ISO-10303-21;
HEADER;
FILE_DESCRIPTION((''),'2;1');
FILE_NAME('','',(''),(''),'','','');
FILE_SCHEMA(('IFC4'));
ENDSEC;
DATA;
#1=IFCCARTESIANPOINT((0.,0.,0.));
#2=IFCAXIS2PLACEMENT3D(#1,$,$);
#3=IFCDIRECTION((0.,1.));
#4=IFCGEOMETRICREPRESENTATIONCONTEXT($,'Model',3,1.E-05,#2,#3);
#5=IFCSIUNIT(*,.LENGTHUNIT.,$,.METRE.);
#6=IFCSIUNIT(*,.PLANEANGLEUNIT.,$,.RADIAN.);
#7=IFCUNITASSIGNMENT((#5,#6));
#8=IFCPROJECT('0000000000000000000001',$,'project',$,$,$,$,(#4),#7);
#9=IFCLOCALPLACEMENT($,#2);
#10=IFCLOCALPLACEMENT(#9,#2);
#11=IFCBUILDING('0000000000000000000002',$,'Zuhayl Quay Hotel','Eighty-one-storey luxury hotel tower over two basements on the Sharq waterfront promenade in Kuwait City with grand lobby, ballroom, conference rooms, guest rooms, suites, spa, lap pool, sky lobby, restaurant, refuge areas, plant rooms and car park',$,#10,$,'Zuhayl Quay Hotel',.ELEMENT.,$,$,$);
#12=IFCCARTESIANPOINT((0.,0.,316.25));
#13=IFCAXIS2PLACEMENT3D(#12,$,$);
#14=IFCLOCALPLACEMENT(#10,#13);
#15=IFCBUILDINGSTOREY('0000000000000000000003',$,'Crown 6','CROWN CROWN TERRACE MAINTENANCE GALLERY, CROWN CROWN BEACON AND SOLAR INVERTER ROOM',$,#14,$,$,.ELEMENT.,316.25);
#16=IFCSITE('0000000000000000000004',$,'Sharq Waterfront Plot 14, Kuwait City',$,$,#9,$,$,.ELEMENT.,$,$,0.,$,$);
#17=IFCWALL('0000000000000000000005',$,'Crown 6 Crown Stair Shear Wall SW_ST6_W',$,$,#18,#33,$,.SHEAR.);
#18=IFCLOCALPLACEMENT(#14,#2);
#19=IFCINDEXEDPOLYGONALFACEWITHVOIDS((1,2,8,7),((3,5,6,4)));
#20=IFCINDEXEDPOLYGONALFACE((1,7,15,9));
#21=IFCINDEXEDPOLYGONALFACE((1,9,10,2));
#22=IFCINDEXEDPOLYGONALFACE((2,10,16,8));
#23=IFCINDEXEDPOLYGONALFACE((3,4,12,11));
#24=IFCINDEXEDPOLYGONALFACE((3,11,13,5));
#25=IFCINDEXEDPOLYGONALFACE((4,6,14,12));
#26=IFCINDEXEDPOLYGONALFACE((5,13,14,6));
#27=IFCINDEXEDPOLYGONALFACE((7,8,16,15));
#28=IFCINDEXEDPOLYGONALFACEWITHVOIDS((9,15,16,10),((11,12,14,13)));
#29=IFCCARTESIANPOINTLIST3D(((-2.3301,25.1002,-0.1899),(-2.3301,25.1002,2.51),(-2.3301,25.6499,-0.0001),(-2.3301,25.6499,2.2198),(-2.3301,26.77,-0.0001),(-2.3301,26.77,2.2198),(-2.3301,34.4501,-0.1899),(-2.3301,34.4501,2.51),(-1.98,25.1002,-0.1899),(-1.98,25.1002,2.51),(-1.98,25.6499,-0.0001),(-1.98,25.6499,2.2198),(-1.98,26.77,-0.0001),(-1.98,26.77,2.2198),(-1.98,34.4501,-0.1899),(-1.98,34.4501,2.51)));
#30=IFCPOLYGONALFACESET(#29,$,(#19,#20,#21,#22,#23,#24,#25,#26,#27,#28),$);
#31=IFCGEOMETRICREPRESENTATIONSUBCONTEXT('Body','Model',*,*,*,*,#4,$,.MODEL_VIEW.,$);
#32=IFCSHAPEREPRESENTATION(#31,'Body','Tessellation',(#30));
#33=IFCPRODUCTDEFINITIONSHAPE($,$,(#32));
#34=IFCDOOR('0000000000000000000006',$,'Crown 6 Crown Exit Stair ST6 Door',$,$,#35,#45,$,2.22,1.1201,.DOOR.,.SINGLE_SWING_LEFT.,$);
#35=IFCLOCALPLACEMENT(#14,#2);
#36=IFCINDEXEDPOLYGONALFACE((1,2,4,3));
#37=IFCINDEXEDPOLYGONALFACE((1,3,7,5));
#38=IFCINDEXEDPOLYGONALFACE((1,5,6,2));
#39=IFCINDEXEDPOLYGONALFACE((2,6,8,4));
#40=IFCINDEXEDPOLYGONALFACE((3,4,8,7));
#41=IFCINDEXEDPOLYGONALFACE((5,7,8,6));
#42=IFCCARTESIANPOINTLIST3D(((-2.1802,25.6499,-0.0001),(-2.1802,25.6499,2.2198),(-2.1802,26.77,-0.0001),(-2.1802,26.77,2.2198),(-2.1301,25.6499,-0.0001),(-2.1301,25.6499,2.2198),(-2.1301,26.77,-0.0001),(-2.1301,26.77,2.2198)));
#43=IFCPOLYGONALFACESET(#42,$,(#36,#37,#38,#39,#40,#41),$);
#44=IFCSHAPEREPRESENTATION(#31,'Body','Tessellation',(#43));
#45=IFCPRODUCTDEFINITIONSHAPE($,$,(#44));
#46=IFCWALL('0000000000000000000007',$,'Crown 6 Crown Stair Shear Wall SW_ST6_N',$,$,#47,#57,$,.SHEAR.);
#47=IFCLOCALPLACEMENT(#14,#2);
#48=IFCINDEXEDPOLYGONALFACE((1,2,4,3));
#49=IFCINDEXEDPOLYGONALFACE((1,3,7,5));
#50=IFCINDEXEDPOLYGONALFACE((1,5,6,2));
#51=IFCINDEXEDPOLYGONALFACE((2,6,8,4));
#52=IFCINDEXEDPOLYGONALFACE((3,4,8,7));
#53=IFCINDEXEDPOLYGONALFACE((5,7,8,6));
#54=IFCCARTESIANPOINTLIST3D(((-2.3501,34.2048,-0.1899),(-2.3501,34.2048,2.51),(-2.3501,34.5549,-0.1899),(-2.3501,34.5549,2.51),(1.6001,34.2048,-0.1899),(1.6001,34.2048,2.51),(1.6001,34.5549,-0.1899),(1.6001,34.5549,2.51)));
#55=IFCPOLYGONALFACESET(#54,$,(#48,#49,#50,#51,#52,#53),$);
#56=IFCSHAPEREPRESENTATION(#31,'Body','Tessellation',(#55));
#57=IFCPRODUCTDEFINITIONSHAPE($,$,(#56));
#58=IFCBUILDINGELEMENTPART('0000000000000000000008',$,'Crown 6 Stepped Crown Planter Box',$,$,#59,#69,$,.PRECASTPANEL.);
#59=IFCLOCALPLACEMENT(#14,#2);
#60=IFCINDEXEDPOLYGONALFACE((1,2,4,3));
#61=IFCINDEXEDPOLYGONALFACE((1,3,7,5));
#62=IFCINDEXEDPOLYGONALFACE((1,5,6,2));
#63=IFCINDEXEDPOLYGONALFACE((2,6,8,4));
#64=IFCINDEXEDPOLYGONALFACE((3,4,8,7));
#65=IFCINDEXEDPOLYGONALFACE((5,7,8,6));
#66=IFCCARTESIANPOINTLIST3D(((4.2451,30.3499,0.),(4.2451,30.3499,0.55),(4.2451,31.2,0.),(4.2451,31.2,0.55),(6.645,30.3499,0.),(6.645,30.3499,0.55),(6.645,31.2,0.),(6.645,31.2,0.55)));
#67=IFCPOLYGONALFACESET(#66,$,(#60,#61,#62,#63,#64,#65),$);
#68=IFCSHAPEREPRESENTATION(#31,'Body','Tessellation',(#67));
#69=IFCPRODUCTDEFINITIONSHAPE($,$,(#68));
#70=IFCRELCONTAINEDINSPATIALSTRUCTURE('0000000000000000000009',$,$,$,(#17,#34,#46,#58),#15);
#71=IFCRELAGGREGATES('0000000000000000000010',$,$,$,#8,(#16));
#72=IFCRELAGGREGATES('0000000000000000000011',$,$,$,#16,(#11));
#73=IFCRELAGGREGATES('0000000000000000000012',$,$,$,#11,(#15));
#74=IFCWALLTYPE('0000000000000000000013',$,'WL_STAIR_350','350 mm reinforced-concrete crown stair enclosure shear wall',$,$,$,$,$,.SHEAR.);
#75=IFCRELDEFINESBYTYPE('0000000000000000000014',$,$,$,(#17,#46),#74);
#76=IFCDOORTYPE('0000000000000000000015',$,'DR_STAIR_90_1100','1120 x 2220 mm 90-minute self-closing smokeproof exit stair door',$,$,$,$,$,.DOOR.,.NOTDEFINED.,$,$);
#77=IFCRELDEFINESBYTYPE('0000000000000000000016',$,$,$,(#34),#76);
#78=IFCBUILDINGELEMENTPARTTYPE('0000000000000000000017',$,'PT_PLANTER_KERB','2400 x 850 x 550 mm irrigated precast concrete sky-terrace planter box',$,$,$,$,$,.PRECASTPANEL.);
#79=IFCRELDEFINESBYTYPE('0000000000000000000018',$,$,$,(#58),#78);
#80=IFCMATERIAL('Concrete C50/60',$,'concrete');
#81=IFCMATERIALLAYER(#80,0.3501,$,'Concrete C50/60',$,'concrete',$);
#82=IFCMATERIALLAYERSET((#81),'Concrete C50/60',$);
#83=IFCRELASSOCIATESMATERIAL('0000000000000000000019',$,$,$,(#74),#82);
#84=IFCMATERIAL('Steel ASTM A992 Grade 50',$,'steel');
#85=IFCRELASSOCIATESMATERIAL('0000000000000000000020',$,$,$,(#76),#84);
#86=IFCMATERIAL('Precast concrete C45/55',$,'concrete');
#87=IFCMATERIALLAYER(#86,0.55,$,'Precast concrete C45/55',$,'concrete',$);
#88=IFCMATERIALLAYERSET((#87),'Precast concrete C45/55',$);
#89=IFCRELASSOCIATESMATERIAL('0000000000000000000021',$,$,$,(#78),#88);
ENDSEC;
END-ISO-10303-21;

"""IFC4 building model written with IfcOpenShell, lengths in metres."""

from ifc_helpers import new_model, si_unit, direction, frame, frame_2d, origin, origin_2d, place, context, subcontext, project, spatial, rectangle, extrude, material, layer, layer_set, type_object, element, fill, save


model = new_model("IFC4")

# Units and contexts
model_context = context("Model", 3, precision=1e-05, world=origin(), true_north=direction((0.0, 1.0)))
body_context = subcontext(model_context, "Body", "Model", "MODEL_VIEW")
ifc_project = project(units=[si_unit("LENGTHUNIT", "METRE"), si_unit("PLANEANGLEUNIT", "RADIAN")], contexts=[model_context])

# Site, building, storey
site_placement = place(None, origin())
site = spatial("IfcSite", under=ifc_project, at=site_placement, Name="Sharq Waterfront Plot 14, Kuwait City", CompositionType="ELEMENT", RefElevation=0.0)
building_placement = place(site_placement, origin())
building = spatial("IfcBuilding", under=site, at=building_placement, Name="Zuhayl Quay Hotel", Description="Eighty-one-storey luxury hotel tower over two basements on the Sharq waterfront promenade in Kuwait City with grand lobby, ballroom, conference rooms, guest rooms, suites, spa, lap pool, sky lobby, restaurant, refuge areas, plant rooms and car park", LongName="Zuhayl Quay Hotel", CompositionType="ELEMENT")
storey_placement = place(building_placement, frame((0.0, 0.0, 316.25)))
storey = spatial("IfcBuildingStorey", under=building, at=storey_placement, Name="Crown 6", Description="CROWN CROWN TERRACE MAINTENANCE GALLERY, CROWN CROWN BEACON AND SOLAR INVERTER ROOM", CompositionType="ELEMENT", Elevation=316.25)

# Shared definitions
ifc_material_1 = material(Name="Steel ASTM A992 Grade 50", Category="steel")

# Shared definitions
ifc_material_2 = material(Name="Precast concrete C45/55", Category="concrete")

# Wall, opening, door
ifc_material_3 = material(Name="Concrete C50/60", Category="concrete")
ifc_layer_1 = layer(ifc_material_3, 0.3501, Name="Concrete C50/60", Category="concrete")
ifc_layer_set_1 = layer_set([ifc_layer_1], Name="Concrete C50/60")
wall_type_1 = type_object("IfcWallType", Name="WL_STAIR_350", Description="350 mm reinforced-concrete crown stair enclosure shear wall", PredefinedType="SHEAR", material=ifc_layer_set_1)
wall_1_placement = place(storey_placement, frame((-2.155, 34.45, -0.1899), z_axis=(0.0, 0.0, 1.0), x_axis=(0.0, -1.0, 0.0)))
wall_1 = element("IfcWall", 1, at=wall_1_placement, inside=storey, type_object=wall_type_1, Name="Crown 6 Crown Stair Shear Wall SW_ST6_W", PredefinedType="SHEAR", context=body_context, shape_type="SweptSolid", body=[
    extrude(rectangle(XDim=9.3499, YDim=0.3501, at=frame_2d((4.6748, 0.0))), origin(), (0.0, 0.0, 1.0), 2.7),
])
opening_placement = place(wall_1_placement, frame((7.6799, 0.0, 0.1899)))
opening = element("IfcOpeningElement", 2, at=opening_placement, cuts=wall_1, PredefinedType="OPENING", context=body_context, shape_type="SweptSolid", body=[
    extrude(rectangle(XDim=1.1201, YDim=2.22, at=frame_2d((0.5601, 1.1099))), frame((0.0, 0.1851, 0.0), z_axis=(0.0, -1.0, 0.0), x_axis=(1.0, 0.0, 0.0)), (0.0, 0.0, 1.0), 0.3701),
])
door_type = type_object("IfcDoorType", Name="DR_STAIR_90_1100", Description="1120 x 2220 mm 90-minute self-closing smokeproof exit stair door", OperationType="NOTDEFINED", PredefinedType="DOOR", material=ifc_material_1)
door_placement = place(opening_placement, origin())
door = element("IfcDoor", 3, at=door_placement, inside=storey, type_object=door_type, Name="Crown 6 Crown Exit Stair ST6 Door", OperationType="SINGLE_SWING_LEFT", OverallHeight=2.22, OverallWidth=1.1201, PredefinedType="DOOR", context=body_context, shape_type="SweptSolid", body=[
    extrude(rectangle(XDim=1.1201, YDim=2.22, at=frame_2d((0.5601, 1.1099))), frame((0.0, 0.0249, 0.0), z_axis=(0.0, -1.0, 0.0), x_axis=(1.0, 0.0, 0.0)), (0.0, 0.0, 1.0), 0.05),
])
fill(opening, door)

# Wall
wall_2_placement = place(storey_placement, frame((-2.3501, 34.3799, -0.1899), z_axis=(0.0, 0.0, 1.0), x_axis=(1.0, 0.0, 0.0)))
element("IfcWall", 4, at=wall_2_placement, inside=storey, type_object=wall_type_1, Name="Crown 6 Crown Stair Shear Wall SW_ST6_N", PredefinedType="SHEAR", context=body_context, shape_type="SweptSolid", body=[
    extrude(rectangle(XDim=3.9502, YDim=0.3501, at=frame_2d((1.9751, 0.0))), origin(), (0.0, 0.0, 1.0), 2.7),
])

# Building element part
ifc_layer_2 = layer(ifc_material_2, 0.55, Name="Precast concrete C45/55", Category="concrete")
ifc_layer_set_2 = layer_set([ifc_layer_2], Name="Precast concrete C45/55")
building_element_part_type = type_object("IfcBuildingElementPartType", Name="PT_PLANTER_KERB", Description="2400 x 850 x 550 mm irrigated precast concrete sky-terrace planter box", PredefinedType="PRECASTPANEL", material=ifc_layer_set_2)
building_element_part_placement = place(storey_placement, frame((5.4451, 30.7749, 0.0), z_axis=(0.0, 0.0, 1.0), x_axis=(1.0, 0.0, 0.0)))
element("IfcBuildingElementPart", 5, at=building_element_part_placement, inside=storey, type_object=building_element_part_type, Name="Crown 6 Stepped Crown Planter Box", PredefinedType="PRECASTPANEL", context=body_context, shape_type="SweptSolid", body=[
    extrude(rectangle(XDim=2.3999, YDim=0.8501, at=origin_2d()), origin(), (0.0, 0.0, 1.0), 0.55),
])

save(model, "model.ifc")
